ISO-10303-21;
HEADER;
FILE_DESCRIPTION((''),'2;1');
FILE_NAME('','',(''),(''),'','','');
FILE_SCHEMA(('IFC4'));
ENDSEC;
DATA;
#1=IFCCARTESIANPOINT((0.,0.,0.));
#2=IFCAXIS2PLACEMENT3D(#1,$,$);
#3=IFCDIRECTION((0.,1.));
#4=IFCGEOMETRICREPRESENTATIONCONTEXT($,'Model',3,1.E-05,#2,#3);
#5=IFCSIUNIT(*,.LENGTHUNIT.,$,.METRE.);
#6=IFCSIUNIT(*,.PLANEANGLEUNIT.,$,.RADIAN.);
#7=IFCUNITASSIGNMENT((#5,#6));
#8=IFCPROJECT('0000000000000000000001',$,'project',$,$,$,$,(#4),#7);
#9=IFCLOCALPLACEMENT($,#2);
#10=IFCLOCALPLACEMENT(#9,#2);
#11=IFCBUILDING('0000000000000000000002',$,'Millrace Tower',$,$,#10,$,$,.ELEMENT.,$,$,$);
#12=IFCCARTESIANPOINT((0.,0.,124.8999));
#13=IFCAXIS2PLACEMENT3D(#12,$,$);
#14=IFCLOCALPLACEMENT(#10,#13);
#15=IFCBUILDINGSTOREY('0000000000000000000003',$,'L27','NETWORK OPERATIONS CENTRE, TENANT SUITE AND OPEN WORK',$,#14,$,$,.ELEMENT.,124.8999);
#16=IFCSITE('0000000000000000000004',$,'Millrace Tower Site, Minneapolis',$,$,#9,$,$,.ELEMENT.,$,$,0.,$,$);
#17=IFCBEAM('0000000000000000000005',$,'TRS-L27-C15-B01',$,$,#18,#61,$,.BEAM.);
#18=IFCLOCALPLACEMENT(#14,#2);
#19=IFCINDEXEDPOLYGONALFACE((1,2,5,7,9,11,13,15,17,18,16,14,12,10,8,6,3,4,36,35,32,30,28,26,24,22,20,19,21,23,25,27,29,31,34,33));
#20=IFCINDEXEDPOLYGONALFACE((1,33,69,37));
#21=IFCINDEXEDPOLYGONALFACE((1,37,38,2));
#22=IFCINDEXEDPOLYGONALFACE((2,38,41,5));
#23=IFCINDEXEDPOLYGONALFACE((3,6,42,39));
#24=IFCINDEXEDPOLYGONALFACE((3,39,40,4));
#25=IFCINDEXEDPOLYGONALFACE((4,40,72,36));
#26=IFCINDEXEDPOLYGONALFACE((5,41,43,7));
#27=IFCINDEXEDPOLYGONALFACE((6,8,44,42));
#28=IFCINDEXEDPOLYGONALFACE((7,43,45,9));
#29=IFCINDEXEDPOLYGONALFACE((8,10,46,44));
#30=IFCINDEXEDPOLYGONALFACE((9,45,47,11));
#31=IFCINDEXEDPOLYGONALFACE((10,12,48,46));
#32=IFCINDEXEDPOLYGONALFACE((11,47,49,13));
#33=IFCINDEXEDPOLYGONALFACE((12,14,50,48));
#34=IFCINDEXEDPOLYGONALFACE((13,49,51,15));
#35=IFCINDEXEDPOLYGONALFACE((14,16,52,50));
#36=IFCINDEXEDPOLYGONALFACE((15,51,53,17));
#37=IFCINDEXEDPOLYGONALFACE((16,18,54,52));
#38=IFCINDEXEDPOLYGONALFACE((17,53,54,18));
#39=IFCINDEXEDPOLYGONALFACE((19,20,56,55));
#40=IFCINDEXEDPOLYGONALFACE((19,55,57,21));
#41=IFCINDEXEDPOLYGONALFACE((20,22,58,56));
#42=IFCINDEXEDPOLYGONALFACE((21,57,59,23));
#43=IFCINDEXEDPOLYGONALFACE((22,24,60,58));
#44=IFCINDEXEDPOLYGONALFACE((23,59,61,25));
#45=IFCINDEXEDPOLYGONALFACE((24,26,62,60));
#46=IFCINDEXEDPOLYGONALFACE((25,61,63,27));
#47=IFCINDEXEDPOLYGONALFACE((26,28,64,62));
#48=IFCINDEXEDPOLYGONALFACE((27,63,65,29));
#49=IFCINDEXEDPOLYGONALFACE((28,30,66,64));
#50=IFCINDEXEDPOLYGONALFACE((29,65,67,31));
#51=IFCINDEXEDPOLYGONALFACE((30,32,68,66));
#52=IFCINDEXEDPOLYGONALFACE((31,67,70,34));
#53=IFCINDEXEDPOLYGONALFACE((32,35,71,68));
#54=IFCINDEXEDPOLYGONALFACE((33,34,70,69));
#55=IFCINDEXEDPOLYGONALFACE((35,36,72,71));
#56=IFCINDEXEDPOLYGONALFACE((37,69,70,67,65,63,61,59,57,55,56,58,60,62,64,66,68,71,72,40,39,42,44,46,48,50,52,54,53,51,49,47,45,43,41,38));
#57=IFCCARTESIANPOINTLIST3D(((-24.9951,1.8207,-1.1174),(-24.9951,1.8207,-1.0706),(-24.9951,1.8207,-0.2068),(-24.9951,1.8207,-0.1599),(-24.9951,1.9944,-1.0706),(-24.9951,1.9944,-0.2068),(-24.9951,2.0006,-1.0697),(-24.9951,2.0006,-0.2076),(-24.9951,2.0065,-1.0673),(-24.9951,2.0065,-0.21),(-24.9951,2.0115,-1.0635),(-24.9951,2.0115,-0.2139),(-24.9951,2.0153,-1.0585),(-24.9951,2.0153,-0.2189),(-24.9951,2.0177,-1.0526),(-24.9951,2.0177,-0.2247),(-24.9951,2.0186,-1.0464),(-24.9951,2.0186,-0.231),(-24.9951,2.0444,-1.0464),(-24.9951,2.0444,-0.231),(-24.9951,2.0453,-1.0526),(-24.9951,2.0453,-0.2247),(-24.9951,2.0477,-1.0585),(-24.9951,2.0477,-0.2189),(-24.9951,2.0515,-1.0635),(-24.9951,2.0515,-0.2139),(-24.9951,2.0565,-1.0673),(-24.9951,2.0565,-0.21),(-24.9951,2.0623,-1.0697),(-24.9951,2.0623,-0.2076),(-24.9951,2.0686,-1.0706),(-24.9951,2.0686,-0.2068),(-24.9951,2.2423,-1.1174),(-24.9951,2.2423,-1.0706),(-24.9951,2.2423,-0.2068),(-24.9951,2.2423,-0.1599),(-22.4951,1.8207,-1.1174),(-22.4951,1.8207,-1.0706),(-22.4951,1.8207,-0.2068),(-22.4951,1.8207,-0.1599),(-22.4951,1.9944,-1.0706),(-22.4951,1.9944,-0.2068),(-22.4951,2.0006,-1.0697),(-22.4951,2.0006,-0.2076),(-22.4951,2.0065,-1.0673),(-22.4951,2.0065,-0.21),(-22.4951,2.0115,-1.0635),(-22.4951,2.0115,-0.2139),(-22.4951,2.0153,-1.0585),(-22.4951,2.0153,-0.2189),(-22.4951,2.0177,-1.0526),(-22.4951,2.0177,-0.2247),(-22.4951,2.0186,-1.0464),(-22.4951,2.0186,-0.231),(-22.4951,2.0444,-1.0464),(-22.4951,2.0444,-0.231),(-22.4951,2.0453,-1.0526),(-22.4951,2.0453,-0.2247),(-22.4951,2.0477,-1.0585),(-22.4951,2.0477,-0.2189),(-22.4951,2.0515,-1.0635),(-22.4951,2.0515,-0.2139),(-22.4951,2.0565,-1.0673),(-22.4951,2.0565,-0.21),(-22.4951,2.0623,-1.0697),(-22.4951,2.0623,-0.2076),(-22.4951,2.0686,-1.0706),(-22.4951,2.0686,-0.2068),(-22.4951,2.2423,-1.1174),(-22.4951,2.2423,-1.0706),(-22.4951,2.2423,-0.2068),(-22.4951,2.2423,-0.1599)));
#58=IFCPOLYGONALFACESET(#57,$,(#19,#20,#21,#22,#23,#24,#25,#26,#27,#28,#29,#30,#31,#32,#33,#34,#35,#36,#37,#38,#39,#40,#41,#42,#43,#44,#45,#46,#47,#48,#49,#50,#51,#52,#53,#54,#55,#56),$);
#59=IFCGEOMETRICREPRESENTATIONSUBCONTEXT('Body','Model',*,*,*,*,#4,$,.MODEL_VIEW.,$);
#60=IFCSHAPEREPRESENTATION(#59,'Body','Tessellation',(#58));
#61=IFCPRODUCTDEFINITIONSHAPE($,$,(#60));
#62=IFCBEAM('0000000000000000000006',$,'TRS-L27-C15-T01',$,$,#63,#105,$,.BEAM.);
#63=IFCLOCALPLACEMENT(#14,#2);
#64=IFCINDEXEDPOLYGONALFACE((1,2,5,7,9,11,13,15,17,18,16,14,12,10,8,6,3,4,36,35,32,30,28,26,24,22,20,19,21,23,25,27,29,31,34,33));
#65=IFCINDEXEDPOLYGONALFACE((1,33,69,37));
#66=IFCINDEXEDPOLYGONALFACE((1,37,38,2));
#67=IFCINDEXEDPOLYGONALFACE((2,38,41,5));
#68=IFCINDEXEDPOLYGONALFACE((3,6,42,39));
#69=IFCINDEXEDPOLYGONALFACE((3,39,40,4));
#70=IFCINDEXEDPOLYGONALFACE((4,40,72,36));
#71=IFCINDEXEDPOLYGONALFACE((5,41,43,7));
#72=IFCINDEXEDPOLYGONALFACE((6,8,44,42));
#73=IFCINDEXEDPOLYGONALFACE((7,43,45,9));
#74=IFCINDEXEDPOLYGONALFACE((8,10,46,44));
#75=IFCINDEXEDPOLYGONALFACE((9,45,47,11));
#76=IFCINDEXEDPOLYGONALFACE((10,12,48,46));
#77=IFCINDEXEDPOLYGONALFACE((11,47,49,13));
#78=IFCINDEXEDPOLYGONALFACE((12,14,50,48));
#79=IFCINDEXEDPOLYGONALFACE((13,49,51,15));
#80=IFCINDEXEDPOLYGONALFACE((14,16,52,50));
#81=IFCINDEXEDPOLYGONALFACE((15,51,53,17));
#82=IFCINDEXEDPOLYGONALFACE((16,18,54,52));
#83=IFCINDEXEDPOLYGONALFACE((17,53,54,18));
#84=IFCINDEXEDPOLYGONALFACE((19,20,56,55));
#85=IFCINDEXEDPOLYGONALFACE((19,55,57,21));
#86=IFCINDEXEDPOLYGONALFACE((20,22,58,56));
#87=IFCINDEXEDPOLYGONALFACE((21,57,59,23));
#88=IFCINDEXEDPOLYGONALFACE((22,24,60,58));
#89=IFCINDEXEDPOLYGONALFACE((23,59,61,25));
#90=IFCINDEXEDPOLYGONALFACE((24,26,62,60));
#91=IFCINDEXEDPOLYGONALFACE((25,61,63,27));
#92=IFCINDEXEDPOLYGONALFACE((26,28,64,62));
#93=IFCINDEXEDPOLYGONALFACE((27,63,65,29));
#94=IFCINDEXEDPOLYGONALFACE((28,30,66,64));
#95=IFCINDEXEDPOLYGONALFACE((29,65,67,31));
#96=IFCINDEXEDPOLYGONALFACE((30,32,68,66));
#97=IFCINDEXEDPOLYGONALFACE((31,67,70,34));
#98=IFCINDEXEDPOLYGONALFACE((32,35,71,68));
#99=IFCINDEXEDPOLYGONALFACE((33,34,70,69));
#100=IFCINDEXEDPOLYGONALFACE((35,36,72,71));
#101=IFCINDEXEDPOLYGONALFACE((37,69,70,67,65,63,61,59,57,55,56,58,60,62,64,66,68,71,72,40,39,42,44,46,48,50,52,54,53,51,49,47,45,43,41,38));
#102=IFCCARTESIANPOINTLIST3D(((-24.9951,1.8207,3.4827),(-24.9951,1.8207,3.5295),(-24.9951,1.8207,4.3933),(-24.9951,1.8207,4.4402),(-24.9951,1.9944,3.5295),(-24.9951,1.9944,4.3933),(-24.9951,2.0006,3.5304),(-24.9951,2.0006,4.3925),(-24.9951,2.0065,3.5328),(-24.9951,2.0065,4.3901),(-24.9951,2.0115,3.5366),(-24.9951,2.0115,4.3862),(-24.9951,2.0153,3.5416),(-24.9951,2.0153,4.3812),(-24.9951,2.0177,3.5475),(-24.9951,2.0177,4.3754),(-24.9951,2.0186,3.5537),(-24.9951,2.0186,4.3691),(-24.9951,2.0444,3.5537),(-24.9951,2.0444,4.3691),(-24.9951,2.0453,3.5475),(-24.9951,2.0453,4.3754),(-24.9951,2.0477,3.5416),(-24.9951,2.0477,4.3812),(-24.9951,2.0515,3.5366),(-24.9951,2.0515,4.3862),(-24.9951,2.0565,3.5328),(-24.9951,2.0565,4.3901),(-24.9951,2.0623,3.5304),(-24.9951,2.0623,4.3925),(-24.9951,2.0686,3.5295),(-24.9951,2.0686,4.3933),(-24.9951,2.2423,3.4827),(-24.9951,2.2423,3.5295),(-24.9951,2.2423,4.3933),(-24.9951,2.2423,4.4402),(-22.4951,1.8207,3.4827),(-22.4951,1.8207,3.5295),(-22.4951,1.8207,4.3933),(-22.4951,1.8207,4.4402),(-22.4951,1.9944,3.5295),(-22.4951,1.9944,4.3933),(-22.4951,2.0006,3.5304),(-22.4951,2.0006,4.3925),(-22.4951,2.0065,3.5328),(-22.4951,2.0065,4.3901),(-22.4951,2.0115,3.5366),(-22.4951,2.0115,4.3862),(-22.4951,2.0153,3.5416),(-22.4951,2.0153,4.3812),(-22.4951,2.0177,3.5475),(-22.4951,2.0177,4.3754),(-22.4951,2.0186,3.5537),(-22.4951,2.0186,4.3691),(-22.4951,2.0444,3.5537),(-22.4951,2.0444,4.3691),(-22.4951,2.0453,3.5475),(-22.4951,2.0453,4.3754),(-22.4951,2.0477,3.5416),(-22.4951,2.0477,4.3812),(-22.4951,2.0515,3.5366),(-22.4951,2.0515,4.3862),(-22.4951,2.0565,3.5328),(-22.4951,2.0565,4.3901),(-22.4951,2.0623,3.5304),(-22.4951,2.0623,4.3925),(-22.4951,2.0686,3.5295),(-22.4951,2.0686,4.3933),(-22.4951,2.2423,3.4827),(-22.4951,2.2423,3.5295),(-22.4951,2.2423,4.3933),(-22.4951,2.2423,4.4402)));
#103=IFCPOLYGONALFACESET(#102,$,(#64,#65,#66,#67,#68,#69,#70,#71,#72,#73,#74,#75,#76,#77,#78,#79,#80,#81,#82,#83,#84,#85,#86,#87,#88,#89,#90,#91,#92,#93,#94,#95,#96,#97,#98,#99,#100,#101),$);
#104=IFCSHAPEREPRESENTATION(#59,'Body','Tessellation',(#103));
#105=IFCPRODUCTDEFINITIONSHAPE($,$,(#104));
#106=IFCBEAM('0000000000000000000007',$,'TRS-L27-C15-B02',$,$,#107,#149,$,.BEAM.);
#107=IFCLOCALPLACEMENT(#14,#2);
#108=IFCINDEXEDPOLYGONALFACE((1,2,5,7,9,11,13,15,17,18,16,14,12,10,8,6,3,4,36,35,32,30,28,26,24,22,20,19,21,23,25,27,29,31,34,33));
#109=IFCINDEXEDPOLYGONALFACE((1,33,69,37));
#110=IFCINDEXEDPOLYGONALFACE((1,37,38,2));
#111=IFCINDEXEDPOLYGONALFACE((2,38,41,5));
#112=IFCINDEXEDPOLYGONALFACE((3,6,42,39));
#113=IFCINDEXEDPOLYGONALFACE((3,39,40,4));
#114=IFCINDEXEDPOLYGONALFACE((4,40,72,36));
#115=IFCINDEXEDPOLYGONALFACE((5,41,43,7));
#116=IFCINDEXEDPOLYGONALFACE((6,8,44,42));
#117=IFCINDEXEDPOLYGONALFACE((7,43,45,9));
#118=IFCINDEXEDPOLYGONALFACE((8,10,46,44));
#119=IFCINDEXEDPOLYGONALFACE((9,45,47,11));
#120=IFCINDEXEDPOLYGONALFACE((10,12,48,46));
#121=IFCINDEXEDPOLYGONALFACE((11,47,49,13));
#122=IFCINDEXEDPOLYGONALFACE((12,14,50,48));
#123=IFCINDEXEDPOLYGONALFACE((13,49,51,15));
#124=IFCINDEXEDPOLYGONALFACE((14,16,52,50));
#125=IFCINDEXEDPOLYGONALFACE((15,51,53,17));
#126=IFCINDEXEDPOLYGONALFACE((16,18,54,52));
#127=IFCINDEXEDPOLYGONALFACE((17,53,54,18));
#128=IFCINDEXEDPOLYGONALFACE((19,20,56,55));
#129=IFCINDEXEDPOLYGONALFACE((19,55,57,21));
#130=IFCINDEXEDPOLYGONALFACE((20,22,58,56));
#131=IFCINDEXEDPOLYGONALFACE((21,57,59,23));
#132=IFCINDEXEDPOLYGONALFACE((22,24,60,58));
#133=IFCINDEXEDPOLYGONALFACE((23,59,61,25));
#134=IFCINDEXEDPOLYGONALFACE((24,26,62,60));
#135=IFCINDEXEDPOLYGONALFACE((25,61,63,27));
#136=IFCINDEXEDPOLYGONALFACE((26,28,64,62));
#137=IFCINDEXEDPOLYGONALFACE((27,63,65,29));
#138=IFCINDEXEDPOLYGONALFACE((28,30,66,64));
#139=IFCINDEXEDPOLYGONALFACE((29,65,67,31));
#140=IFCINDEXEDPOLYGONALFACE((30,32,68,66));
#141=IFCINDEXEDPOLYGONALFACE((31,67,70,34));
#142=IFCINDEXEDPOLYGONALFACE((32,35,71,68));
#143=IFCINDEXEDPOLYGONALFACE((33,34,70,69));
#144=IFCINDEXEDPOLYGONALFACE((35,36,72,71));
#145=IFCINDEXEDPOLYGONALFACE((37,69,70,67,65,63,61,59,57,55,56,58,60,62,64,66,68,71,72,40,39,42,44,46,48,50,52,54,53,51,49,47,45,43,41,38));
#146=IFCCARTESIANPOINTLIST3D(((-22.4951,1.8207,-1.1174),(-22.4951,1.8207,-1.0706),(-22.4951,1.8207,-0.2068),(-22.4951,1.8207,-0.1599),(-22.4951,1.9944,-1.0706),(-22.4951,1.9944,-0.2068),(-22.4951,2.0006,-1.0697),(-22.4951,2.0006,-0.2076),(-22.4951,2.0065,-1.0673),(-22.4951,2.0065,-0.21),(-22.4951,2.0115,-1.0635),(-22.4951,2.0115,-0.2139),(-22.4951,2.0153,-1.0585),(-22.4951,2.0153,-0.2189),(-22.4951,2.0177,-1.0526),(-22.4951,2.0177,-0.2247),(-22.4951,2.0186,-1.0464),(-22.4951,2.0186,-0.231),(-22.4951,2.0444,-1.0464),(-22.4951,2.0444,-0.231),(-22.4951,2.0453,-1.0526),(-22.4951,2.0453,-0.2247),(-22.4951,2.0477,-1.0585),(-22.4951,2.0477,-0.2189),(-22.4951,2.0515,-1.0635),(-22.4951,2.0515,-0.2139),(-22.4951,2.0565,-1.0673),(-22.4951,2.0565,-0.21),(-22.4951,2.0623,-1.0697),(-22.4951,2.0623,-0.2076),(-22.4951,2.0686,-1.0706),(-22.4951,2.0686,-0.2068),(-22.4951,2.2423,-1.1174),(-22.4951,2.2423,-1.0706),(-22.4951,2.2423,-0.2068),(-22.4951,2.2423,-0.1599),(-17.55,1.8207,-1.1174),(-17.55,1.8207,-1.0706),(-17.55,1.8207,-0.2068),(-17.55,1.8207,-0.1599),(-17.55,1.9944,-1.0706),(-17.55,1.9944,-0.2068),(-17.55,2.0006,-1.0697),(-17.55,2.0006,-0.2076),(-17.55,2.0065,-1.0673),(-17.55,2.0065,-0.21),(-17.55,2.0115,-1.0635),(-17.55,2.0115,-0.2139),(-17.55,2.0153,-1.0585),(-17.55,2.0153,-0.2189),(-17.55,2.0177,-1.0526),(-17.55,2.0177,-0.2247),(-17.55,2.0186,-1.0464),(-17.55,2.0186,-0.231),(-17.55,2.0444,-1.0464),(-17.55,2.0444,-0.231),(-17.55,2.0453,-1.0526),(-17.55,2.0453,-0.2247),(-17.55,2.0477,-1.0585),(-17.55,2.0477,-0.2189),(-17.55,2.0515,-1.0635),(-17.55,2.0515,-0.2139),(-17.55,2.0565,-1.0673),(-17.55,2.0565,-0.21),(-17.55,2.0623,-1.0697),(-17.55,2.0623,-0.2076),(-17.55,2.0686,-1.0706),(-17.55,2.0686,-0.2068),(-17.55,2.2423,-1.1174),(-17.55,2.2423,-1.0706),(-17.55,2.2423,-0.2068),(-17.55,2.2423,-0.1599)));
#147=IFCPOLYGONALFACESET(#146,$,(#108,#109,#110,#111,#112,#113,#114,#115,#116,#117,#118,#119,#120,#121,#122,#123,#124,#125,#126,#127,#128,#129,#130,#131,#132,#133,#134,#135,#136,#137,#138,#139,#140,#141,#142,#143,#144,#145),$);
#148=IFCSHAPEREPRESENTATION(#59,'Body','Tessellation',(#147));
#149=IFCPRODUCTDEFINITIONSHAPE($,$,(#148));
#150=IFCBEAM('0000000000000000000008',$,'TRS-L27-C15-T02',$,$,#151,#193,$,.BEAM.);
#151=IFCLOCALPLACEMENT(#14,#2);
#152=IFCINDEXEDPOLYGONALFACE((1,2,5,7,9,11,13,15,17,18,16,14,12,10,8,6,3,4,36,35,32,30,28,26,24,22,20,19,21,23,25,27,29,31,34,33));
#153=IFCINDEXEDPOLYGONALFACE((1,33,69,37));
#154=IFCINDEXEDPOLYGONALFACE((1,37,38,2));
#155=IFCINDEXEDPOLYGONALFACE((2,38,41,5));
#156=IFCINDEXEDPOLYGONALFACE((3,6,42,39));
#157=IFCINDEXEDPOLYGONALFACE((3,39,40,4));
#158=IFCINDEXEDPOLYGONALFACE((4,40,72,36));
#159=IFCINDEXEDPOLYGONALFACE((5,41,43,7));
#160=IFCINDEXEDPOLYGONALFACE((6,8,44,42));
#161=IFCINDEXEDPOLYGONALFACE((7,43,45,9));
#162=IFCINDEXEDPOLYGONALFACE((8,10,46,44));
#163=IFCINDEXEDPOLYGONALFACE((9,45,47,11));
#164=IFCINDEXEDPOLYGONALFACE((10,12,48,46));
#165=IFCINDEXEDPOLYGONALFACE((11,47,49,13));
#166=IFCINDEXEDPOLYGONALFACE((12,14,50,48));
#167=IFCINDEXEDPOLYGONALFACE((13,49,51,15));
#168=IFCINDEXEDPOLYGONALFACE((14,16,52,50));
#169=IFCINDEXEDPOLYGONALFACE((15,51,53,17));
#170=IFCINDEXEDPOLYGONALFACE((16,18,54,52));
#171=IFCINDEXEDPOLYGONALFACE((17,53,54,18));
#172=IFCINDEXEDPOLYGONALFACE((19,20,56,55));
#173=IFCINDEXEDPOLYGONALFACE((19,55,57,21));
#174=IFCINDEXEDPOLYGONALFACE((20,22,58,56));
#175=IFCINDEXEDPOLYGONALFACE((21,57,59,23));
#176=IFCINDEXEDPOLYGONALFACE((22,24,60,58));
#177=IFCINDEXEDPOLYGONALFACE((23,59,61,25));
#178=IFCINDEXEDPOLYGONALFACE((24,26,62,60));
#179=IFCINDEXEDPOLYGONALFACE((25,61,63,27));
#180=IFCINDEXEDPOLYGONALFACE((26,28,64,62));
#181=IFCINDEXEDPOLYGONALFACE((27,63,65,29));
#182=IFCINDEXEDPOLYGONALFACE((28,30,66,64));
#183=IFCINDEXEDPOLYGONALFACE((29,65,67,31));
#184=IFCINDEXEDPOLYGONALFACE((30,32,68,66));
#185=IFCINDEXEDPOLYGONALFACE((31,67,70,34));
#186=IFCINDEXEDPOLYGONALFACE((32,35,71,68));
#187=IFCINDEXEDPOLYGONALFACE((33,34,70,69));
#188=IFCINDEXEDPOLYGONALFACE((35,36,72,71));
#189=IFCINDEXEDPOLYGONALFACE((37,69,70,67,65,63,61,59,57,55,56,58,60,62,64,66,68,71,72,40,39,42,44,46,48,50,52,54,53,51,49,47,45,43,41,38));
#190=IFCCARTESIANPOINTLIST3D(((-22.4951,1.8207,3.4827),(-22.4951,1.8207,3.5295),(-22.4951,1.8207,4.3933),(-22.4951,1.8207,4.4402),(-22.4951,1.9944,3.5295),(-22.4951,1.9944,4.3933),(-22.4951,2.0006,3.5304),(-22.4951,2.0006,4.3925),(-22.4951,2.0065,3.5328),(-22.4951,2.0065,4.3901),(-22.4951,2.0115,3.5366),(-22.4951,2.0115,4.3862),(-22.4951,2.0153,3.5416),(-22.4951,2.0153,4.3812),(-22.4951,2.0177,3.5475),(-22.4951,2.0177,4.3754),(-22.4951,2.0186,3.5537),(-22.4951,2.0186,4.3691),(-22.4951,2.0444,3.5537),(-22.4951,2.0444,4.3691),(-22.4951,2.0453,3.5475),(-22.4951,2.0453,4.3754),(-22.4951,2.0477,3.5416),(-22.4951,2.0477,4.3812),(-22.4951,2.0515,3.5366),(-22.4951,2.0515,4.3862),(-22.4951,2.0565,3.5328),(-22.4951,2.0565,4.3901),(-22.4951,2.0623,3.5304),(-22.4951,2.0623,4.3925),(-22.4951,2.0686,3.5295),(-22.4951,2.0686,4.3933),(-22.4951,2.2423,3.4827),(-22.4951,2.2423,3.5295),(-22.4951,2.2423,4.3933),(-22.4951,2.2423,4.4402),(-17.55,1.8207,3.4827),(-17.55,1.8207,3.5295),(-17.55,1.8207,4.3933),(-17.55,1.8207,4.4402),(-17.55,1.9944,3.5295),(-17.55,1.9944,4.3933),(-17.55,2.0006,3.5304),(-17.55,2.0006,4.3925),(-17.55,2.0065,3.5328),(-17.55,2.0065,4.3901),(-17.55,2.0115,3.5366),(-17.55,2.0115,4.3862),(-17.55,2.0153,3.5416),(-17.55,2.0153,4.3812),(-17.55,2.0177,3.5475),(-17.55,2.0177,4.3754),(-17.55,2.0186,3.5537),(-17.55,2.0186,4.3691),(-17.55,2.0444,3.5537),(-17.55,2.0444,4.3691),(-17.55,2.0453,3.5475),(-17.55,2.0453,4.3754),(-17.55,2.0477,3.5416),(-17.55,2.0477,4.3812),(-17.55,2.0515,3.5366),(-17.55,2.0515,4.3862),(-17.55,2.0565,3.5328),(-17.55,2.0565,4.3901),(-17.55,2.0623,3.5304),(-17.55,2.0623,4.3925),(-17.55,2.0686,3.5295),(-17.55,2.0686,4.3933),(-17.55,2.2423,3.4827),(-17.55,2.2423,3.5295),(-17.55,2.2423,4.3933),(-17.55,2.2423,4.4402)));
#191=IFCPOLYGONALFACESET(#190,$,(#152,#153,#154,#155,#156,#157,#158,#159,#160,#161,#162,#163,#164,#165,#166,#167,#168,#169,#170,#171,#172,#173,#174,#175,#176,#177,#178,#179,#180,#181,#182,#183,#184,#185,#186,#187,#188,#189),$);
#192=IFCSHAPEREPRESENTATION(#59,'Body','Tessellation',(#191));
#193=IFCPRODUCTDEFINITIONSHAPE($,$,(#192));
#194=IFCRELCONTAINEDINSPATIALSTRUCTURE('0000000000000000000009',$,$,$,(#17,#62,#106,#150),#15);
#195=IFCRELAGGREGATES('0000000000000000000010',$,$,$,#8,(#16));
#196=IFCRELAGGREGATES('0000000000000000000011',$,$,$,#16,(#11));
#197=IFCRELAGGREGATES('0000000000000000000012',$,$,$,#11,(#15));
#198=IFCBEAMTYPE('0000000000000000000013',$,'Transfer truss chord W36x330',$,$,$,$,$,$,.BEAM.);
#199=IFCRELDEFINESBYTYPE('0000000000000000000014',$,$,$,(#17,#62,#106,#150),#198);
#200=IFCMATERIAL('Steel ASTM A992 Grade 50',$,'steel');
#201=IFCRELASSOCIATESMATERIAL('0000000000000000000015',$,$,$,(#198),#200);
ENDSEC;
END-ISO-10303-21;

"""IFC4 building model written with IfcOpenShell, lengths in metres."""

from ifc_helpers import new_model, si_unit, direction, frame, origin, origin_2d, place, context, subcontext, project, spatial, i_section, extrude, material, material_profile, profile_set, type_object, element, save


model = new_model("IFC4")

# Units and contexts
model_context = context("Model", 3, precision=1e-05, world=origin(), true_north=direction((0.0, 1.0)))
body_context = subcontext(model_context, "Body", "Model", "MODEL_VIEW")
ifc_project = project(units=[si_unit("LENGTHUNIT", "METRE"), si_unit("PLANEANGLEUNIT", "RADIAN")], contexts=[model_context])

# Site, building, storey
site_placement = place(None, origin())
site = spatial("IfcSite", under=ifc_project, at=site_placement, Name="Millrace Tower Site, Minneapolis", CompositionType="ELEMENT", RefElevation=0.0)
building_placement = place(site_placement, origin())
building = spatial("IfcBuilding", under=site, at=building_placement, Name="Millrace Tower", CompositionType="ELEMENT")
storey_placement = place(building_placement, frame((0.0, 0.0, 124.8999)))
storey = spatial("IfcBuildingStorey", under=building, at=storey_placement, Name="L27", Description="NETWORK OPERATIONS CENTRE, TENANT SUITE AND OPEN WORK", CompositionType="ELEMENT", Elevation=124.8999)

# Beams
ifc_material_1 = material(Name="Steel ASTM A992 Grade 50", Category="steel")
ifc_material_profile_1 = material_profile(ifc_material_1, i_section(OverallWidth=0.4216, OverallDepth=0.9575, WebThickness=0.0259, FlangeThickness=0.0469, FilletRadius=0.0242, at=origin_2d()))
ifc_profile_set_1 = profile_set([ifc_material_profile_1], Name="Steel ASTM A992 Grade 50")
beam_type_1 = type_object("IfcBeamType", Name="Transfer truss chord W36x330", PredefinedType="BEAM", material=ifc_profile_set_1)
for number, where, z_axis, x_axis, name in (
    (1, (-24.9951, 2.0315, -0.6387), (1.0, 0.0, 0.0), (0.0, 1.0, 0.0), "TRS-L27-C15-B01"),
    (2, (-24.9951, 2.0315, 3.9614), (1.0, 0.0, 0.0), (0.0, 1.0, 0.0), "TRS-L27-C15-T01"),
):
    element("IfcBeam", number, at=place(storey_placement, frame(where, z_axis=z_axis, x_axis=x_axis)), inside=storey, type_object=beam_type_1, Name=name, PredefinedType="BEAM", context=body_context, shape_type="SweptSolid", body=[
        extrude(i_section(OverallWidth=0.4216, OverallDepth=0.9575, WebThickness=0.0259, FlangeThickness=0.0469, FilletRadius=0.0242, at=origin_2d()), origin(), (0.0, 0.0, 1.0), 2.5),
    ])
for number, where, z_axis, x_axis, name in (
    (3, (-22.4951, 2.0315, -0.6387), (1.0, 0.0, 0.0), (0.0, 1.0, 0.0), "TRS-L27-C15-B02"),
    (4, (-22.4951, 2.0315, 3.9614), (1.0, 0.0, 0.0), (0.0, 1.0, 0.0), "TRS-L27-C15-T02"),
):
    element("IfcBeam", number, at=place(storey_placement, frame(where, z_axis=z_axis, x_axis=x_axis)), inside=storey, type_object=beam_type_1, Name=name, PredefinedType="BEAM", context=body_context, shape_type="SweptSolid", body=[
        extrude(i_section(OverallWidth=0.4216, OverallDepth=0.9575, WebThickness=0.0259, FlangeThickness=0.0469, FilletRadius=0.0242, at=origin_2d()), origin(), (0.0, 0.0, 1.0), 4.9451),
    ])

save(model, "model.ifc")
